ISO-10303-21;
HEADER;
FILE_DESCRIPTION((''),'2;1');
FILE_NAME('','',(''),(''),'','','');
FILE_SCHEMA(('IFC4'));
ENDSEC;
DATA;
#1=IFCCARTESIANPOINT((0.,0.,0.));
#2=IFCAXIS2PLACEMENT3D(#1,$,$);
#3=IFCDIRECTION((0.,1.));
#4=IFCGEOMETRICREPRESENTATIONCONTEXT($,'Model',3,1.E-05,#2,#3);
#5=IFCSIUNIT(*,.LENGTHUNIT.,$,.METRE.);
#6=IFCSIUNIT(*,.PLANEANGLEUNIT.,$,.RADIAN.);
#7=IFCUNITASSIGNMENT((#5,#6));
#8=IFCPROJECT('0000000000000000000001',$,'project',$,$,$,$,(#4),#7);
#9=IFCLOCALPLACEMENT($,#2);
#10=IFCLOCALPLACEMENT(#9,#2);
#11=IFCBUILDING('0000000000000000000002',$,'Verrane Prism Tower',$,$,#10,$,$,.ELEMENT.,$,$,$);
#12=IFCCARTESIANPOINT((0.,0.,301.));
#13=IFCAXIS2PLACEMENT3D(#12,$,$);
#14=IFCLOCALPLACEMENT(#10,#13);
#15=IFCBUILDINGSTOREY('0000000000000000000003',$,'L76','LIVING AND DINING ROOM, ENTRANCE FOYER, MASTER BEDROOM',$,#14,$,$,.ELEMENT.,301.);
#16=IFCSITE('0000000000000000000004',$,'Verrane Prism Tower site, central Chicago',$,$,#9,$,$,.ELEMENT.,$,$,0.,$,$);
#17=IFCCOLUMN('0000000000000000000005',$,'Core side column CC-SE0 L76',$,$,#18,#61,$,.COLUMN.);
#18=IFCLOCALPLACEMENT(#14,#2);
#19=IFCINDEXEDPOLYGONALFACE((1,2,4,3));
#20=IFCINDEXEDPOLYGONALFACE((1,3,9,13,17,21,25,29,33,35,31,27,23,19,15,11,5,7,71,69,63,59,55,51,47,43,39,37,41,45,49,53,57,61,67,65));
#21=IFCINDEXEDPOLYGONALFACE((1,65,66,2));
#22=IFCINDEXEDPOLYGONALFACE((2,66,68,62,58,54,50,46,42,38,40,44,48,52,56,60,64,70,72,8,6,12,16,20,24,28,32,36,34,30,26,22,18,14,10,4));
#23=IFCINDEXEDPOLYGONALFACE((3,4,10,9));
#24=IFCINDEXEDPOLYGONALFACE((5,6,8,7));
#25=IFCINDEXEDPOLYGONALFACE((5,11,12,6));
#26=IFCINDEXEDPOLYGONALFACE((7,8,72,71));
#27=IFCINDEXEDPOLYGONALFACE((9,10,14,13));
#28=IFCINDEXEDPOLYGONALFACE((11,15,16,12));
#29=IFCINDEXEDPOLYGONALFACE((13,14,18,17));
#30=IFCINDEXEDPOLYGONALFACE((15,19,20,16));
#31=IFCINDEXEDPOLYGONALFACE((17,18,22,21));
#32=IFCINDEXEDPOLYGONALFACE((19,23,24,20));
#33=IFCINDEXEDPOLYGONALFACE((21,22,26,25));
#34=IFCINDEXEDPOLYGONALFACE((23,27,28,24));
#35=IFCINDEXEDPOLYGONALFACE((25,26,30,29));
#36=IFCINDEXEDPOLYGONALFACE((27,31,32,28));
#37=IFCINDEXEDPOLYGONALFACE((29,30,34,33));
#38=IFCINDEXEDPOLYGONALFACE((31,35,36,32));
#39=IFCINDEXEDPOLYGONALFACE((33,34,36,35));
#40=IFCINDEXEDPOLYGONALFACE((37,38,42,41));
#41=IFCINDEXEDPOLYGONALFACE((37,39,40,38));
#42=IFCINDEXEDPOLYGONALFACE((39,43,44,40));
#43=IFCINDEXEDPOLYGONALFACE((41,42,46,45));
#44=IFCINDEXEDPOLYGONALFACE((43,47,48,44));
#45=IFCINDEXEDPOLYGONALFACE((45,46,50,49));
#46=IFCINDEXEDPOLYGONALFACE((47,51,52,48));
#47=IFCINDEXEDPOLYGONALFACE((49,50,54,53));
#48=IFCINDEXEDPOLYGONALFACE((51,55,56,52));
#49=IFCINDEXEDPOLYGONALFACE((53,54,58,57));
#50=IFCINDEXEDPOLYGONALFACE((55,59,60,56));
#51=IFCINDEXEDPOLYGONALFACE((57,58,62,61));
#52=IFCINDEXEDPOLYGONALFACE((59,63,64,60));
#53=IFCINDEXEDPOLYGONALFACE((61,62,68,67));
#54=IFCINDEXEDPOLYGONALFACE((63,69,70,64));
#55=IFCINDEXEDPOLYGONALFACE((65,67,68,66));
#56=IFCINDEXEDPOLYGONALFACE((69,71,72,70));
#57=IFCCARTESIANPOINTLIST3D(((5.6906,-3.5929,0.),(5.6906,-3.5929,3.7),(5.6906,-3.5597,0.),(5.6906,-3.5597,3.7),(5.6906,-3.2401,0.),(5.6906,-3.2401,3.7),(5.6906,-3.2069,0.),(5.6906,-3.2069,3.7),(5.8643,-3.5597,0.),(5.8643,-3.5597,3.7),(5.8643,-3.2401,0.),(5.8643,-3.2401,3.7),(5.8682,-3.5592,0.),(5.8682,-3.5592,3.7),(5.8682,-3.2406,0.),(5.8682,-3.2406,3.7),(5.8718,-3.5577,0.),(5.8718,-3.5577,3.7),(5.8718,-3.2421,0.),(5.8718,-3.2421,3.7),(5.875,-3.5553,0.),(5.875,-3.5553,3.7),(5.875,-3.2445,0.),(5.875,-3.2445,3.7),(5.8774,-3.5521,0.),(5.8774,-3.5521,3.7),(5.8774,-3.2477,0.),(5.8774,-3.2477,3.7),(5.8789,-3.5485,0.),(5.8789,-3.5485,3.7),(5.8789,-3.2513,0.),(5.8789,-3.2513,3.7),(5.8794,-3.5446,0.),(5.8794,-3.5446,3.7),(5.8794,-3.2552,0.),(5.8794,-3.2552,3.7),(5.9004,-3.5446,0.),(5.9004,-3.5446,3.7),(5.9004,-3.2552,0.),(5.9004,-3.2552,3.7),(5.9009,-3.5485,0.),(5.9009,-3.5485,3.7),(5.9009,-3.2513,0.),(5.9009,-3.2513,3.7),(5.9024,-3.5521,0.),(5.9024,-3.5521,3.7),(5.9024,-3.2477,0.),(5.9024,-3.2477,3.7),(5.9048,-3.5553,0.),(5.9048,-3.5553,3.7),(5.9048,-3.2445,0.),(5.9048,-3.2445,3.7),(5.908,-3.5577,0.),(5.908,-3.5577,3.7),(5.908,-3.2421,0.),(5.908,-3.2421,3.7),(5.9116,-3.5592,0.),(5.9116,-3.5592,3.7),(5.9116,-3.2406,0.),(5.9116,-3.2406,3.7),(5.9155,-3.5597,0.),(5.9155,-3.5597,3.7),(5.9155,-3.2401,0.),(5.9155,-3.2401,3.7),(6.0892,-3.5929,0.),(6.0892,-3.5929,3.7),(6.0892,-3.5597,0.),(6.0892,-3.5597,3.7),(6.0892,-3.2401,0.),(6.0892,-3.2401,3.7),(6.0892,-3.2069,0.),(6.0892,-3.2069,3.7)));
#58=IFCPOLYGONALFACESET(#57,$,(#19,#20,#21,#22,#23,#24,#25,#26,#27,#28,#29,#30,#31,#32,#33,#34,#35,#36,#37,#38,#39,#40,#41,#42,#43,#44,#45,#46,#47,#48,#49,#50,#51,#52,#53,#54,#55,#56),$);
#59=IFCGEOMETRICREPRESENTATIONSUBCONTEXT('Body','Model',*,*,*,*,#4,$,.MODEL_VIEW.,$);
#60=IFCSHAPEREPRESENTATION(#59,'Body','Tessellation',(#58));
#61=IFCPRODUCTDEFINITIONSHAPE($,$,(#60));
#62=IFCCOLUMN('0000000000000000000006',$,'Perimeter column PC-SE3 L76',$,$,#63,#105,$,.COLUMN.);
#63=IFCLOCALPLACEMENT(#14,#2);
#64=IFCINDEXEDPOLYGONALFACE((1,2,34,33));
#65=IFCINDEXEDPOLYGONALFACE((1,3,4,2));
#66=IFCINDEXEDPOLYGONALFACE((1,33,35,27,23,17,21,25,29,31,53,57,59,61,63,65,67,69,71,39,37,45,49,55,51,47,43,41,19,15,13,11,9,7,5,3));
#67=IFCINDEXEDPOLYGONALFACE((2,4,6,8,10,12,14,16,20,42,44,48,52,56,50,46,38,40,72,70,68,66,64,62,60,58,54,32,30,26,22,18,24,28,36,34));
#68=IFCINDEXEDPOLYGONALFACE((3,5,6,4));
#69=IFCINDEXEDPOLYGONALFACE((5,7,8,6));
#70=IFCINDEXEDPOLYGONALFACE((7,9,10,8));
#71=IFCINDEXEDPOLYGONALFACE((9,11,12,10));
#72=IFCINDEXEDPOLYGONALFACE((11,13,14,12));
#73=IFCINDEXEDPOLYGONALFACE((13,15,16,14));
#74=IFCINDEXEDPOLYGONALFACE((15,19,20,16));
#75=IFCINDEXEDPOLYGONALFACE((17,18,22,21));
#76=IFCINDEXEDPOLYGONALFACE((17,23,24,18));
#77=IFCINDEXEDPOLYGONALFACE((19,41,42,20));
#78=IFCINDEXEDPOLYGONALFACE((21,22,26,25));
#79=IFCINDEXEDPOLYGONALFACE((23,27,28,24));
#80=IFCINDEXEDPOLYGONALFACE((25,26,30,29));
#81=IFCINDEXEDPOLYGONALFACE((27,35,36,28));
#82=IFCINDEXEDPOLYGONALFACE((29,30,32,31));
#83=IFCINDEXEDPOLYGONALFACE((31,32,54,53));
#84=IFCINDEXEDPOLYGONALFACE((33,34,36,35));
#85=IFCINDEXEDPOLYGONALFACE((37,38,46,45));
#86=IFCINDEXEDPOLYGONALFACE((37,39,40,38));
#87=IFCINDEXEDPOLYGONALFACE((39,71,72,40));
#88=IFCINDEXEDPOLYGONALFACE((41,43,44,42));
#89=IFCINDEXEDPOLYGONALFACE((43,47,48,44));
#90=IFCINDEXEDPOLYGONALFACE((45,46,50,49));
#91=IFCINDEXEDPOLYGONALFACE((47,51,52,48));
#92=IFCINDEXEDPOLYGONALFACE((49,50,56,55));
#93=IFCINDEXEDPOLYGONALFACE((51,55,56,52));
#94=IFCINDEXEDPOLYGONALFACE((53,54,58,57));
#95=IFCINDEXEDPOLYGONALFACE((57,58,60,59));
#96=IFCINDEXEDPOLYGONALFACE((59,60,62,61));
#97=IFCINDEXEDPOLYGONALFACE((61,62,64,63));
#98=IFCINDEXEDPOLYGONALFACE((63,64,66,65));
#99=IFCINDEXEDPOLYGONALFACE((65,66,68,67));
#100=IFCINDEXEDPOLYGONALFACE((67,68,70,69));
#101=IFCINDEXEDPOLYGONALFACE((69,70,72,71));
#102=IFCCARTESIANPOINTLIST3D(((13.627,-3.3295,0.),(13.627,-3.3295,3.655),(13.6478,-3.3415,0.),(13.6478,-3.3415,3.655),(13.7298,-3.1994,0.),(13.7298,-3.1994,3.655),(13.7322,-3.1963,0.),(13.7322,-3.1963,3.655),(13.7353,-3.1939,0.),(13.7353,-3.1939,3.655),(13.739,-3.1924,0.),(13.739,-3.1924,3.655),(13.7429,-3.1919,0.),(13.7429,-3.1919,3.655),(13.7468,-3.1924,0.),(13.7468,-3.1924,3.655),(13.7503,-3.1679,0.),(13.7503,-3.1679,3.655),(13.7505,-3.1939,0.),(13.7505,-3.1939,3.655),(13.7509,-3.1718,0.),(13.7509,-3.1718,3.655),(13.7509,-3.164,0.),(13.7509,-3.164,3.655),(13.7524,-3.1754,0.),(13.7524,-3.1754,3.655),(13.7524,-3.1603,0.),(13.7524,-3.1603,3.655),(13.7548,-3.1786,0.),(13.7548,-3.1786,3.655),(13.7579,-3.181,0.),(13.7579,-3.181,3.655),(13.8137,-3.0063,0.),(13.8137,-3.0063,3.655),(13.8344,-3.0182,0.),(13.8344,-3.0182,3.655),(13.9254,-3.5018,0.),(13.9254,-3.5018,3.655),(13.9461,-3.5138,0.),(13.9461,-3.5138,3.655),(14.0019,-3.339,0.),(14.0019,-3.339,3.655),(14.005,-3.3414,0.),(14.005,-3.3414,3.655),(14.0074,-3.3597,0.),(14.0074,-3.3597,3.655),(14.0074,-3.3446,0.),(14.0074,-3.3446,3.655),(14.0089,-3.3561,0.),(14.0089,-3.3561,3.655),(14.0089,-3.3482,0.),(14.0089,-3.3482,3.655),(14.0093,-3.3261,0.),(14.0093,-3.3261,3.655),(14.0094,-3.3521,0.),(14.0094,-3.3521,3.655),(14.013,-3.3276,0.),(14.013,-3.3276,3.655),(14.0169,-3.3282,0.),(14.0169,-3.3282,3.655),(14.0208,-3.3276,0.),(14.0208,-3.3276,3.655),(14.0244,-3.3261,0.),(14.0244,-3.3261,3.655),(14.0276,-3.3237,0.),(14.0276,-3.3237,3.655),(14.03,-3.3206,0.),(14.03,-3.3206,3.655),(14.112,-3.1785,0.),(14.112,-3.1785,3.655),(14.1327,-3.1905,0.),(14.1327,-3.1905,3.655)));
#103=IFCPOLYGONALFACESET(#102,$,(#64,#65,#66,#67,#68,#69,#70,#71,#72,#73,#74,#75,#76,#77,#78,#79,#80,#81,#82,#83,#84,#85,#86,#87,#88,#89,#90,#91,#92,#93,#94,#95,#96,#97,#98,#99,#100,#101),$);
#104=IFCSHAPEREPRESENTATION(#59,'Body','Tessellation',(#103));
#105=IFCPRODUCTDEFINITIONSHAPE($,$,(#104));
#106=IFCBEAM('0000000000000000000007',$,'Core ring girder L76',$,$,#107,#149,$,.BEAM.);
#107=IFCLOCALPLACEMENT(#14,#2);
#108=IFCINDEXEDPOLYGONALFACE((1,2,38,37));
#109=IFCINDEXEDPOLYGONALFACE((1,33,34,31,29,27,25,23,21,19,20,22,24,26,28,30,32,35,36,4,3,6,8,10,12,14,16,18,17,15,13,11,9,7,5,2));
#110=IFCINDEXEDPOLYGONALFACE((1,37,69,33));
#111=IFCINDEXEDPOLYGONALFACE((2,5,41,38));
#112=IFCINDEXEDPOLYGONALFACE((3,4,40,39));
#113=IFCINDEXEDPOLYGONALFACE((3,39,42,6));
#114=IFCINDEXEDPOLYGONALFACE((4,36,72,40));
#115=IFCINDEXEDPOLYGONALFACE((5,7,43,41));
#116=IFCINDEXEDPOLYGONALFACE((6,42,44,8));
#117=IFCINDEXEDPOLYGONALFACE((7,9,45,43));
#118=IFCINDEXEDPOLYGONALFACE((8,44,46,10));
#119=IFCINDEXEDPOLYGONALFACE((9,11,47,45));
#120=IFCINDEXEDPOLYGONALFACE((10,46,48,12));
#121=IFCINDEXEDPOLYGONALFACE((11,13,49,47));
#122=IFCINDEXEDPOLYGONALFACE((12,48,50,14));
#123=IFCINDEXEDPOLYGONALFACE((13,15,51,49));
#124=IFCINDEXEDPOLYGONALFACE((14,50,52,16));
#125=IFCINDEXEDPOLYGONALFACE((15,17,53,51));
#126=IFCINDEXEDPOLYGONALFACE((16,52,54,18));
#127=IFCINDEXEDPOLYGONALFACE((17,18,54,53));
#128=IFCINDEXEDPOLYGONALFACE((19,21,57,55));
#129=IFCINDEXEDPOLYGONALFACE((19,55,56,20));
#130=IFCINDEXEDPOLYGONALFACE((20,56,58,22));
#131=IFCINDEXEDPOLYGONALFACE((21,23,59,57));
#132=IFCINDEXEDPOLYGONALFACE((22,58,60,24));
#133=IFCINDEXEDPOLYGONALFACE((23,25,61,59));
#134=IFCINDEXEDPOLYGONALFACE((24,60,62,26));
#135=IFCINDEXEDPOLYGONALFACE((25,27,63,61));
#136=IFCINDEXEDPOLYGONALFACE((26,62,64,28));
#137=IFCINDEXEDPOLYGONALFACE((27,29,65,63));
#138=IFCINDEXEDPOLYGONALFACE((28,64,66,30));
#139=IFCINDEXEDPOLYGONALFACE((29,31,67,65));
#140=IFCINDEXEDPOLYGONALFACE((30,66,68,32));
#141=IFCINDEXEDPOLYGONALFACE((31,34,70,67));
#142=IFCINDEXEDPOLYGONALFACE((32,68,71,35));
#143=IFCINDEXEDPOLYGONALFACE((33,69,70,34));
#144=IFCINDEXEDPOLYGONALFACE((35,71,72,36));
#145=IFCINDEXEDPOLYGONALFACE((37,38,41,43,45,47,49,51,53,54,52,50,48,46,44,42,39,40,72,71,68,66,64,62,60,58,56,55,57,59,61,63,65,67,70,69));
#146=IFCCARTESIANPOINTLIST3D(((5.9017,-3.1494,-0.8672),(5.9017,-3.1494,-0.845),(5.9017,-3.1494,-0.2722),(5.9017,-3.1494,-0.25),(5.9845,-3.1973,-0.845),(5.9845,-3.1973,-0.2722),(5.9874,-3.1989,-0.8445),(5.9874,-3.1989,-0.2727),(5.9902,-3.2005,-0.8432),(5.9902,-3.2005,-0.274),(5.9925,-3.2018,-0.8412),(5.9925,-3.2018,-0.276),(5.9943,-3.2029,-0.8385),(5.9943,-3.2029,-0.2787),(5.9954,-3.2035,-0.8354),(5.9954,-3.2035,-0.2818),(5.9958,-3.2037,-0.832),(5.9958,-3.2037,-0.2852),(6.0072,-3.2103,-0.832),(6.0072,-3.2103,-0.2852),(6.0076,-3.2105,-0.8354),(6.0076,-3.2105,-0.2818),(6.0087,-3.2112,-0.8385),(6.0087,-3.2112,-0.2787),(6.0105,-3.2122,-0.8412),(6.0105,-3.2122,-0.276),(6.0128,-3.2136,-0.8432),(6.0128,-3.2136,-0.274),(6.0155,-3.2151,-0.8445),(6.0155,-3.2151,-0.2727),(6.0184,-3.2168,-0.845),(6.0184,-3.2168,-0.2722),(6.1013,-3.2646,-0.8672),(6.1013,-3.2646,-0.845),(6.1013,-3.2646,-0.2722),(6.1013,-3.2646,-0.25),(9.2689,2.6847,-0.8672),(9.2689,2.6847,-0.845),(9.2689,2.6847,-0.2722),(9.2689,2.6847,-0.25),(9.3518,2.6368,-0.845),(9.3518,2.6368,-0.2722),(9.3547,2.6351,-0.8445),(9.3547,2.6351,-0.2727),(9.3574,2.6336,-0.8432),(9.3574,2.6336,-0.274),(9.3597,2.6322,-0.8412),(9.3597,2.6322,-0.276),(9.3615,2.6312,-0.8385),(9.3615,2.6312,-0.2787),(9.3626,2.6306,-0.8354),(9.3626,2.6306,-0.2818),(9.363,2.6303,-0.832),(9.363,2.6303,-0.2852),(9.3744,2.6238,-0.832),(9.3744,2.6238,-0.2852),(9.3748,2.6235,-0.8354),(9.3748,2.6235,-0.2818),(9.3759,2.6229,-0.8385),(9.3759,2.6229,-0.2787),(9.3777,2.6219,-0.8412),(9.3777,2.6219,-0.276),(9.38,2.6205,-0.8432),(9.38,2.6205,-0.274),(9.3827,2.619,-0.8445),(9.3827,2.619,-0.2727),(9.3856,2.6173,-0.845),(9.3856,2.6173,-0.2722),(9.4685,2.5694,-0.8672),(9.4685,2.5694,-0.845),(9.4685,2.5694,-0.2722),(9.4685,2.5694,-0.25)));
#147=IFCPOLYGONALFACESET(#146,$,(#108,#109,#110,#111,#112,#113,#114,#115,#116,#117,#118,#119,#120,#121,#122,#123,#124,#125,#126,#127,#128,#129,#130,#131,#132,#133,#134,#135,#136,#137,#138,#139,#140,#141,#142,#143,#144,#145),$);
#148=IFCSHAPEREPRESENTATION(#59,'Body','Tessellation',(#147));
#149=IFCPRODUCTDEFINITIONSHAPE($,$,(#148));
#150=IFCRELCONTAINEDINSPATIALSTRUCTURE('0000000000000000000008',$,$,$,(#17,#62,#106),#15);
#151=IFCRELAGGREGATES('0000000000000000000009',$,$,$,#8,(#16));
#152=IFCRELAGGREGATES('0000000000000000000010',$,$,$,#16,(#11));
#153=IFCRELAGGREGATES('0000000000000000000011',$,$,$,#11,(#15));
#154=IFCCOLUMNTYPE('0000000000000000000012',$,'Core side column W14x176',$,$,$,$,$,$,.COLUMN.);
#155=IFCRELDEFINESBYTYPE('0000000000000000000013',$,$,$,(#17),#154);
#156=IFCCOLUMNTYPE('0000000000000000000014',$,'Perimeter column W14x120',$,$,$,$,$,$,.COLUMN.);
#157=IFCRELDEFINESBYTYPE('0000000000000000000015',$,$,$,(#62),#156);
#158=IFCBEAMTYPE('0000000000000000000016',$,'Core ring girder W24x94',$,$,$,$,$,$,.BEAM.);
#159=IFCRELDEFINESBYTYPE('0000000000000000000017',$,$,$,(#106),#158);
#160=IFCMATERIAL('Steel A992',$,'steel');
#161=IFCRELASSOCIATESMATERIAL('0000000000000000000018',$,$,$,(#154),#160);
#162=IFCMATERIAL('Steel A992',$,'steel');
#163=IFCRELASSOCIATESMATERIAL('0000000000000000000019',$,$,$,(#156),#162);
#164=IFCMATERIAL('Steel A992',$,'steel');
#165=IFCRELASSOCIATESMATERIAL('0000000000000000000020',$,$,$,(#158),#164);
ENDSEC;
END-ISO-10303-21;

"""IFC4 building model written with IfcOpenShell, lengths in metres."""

from ifc_helpers import new_model, si_unit, direction, frame, origin, origin_2d, place, context, subcontext, project, spatial, i_section, extrude, material, material_profile, profile_set, type_object, element, save


model = new_model("IFC4")

# Units and contexts
model_context = context("Model", 3, precision=1e-05, world=origin(), true_north=direction((0.0, 1.0)))
body_context = subcontext(model_context, "Body", "Model", "MODEL_VIEW")
ifc_project = project(units=[si_unit("LENGTHUNIT", "METRE"), si_unit("PLANEANGLEUNIT", "RADIAN")], contexts=[model_context])

# Site, building, storey
site_placement = place(None, origin())
site = spatial("IfcSite", under=ifc_project, at=site_placement, Name="Verrane Prism Tower site, central Chicago", CompositionType="ELEMENT", RefElevation=0.0)
building_placement = place(site_placement, origin())
building = spatial("IfcBuilding", under=site, at=building_placement, Name="Verrane Prism Tower", CompositionType="ELEMENT")
storey_placement = place(building_placement, frame((0.0, 0.0, 301.0)))
storey = spatial("IfcBuildingStorey", under=building, at=storey_placement, Name="L76", Description="LIVING AND DINING ROOM, ENTRANCE FOYER, MASTER BEDROOM", CompositionType="ELEMENT", Elevation=301.0)

# Columns
ifc_material_1 = material(Name="Steel A992", Category="steel")
ifc_material_profile_1 = material_profile(ifc_material_1, i_section(OverallWidth=0.3987, OverallDepth=0.386, WebThickness=0.021, FlangeThickness=0.0332, FilletRadius=0.0151, at=origin_2d()), Name="W14x176")
ifc_profile_set_1 = profile_set([ifc_material_profile_1], Name="Steel A992")
column_type_1 = type_object("IfcColumnType", Name="Core side column W14x176", PredefinedType="COLUMN", material=ifc_profile_set_1)
column_1_placement = place(storey_placement, frame((5.8899, -3.3999, 0.0), z_axis=(0.0, 0.0, 1.0), x_axis=(1.0, 0.0, 0.0)))
element("IfcColumn", 1, at=column_1_placement, inside=storey, type_object=column_type_1, Name="Core side column CC-SE0 L76", PredefinedType="COLUMN", context=body_context, shape_type="SweptSolid", body=[
    extrude(i_section(OverallWidth=0.3987, OverallDepth=0.386, WebThickness=0.021, FlangeThickness=0.0332, FilletRadius=0.0151, at=origin_2d()), origin(), (0.0, 0.0, 1.0), 3.7),
])
ifc_material_2 = material(Name="Steel A992", Category="steel")
ifc_material_profile_2 = material_profile(ifc_material_2, i_section(OverallWidth=0.3733, OverallDepth=0.3684, WebThickness=0.0149, FlangeThickness=0.0239, FilletRadius=0.0151, at=origin_2d()), Name="W14x120")
ifc_profile_set_2 = profile_set([ifc_material_profile_2], Name="Steel A992")
column_type_2 = type_object("IfcColumnType", Name="Perimeter column W14x120", PredefinedType="COLUMN", material=ifc_profile_set_2)
column_2_placement = place(storey_placement, frame((13.8799, -3.26, 0.0), z_axis=(0.0, 0.0, 1.0), x_axis=(-0.5, -0.866025, 0.0)))
element("IfcColumn", 2, at=column_2_placement, inside=storey, type_object=column_type_2, Name="Perimeter column PC-SE3 L76", PredefinedType="COLUMN", context=body_context, shape_type="SweptSolid", body=[
    extrude(i_section(OverallWidth=0.3733, OverallDepth=0.3684, WebThickness=0.0149, FlangeThickness=0.0239, FilletRadius=0.0151, at=origin_2d()), origin(), (0.0, 0.0, 1.0), 3.655),
])

# Beam
ifc_material_3 = material(Name="Steel A992", Category="steel")
ifc_material_profile_3 = material_profile(ifc_material_3, i_section(OverallWidth=0.2305, OverallDepth=0.6172, WebThickness=0.0132, FlangeThickness=0.0222, FilletRadius=0.0129, at=origin_2d()), Name="W24x94")
ifc_profile_set_3 = profile_set([ifc_material_profile_3], Name="Steel A992")
beam_type_1 = type_object("IfcBeamType", Name="Core ring girder W24x94", PredefinedType="BEAM", material=ifc_profile_set_3)
beam_1_placement = place(storey_placement, frame((6.0015, -3.207, -0.5586), z_axis=(0.499881, 0.866094, 0.0), x_axis=(-0.866094, 0.499881, 0.0)))
element("IfcBeam", 3, at=beam_1_placement, inside=storey, type_object=beam_type_1, Name="Core ring girder L76", PredefinedType="BEAM", context=body_context, shape_type="SweptSolid", body=[
    extrude(i_section(OverallWidth=0.2305, OverallDepth=0.6172, WebThickness=0.0132, FlangeThickness=0.0222, FilletRadius=0.0129, at=origin_2d()), origin(), (0.0, 0.0, 1.0), 6.7361),
])

save(model, "model.ifc")
